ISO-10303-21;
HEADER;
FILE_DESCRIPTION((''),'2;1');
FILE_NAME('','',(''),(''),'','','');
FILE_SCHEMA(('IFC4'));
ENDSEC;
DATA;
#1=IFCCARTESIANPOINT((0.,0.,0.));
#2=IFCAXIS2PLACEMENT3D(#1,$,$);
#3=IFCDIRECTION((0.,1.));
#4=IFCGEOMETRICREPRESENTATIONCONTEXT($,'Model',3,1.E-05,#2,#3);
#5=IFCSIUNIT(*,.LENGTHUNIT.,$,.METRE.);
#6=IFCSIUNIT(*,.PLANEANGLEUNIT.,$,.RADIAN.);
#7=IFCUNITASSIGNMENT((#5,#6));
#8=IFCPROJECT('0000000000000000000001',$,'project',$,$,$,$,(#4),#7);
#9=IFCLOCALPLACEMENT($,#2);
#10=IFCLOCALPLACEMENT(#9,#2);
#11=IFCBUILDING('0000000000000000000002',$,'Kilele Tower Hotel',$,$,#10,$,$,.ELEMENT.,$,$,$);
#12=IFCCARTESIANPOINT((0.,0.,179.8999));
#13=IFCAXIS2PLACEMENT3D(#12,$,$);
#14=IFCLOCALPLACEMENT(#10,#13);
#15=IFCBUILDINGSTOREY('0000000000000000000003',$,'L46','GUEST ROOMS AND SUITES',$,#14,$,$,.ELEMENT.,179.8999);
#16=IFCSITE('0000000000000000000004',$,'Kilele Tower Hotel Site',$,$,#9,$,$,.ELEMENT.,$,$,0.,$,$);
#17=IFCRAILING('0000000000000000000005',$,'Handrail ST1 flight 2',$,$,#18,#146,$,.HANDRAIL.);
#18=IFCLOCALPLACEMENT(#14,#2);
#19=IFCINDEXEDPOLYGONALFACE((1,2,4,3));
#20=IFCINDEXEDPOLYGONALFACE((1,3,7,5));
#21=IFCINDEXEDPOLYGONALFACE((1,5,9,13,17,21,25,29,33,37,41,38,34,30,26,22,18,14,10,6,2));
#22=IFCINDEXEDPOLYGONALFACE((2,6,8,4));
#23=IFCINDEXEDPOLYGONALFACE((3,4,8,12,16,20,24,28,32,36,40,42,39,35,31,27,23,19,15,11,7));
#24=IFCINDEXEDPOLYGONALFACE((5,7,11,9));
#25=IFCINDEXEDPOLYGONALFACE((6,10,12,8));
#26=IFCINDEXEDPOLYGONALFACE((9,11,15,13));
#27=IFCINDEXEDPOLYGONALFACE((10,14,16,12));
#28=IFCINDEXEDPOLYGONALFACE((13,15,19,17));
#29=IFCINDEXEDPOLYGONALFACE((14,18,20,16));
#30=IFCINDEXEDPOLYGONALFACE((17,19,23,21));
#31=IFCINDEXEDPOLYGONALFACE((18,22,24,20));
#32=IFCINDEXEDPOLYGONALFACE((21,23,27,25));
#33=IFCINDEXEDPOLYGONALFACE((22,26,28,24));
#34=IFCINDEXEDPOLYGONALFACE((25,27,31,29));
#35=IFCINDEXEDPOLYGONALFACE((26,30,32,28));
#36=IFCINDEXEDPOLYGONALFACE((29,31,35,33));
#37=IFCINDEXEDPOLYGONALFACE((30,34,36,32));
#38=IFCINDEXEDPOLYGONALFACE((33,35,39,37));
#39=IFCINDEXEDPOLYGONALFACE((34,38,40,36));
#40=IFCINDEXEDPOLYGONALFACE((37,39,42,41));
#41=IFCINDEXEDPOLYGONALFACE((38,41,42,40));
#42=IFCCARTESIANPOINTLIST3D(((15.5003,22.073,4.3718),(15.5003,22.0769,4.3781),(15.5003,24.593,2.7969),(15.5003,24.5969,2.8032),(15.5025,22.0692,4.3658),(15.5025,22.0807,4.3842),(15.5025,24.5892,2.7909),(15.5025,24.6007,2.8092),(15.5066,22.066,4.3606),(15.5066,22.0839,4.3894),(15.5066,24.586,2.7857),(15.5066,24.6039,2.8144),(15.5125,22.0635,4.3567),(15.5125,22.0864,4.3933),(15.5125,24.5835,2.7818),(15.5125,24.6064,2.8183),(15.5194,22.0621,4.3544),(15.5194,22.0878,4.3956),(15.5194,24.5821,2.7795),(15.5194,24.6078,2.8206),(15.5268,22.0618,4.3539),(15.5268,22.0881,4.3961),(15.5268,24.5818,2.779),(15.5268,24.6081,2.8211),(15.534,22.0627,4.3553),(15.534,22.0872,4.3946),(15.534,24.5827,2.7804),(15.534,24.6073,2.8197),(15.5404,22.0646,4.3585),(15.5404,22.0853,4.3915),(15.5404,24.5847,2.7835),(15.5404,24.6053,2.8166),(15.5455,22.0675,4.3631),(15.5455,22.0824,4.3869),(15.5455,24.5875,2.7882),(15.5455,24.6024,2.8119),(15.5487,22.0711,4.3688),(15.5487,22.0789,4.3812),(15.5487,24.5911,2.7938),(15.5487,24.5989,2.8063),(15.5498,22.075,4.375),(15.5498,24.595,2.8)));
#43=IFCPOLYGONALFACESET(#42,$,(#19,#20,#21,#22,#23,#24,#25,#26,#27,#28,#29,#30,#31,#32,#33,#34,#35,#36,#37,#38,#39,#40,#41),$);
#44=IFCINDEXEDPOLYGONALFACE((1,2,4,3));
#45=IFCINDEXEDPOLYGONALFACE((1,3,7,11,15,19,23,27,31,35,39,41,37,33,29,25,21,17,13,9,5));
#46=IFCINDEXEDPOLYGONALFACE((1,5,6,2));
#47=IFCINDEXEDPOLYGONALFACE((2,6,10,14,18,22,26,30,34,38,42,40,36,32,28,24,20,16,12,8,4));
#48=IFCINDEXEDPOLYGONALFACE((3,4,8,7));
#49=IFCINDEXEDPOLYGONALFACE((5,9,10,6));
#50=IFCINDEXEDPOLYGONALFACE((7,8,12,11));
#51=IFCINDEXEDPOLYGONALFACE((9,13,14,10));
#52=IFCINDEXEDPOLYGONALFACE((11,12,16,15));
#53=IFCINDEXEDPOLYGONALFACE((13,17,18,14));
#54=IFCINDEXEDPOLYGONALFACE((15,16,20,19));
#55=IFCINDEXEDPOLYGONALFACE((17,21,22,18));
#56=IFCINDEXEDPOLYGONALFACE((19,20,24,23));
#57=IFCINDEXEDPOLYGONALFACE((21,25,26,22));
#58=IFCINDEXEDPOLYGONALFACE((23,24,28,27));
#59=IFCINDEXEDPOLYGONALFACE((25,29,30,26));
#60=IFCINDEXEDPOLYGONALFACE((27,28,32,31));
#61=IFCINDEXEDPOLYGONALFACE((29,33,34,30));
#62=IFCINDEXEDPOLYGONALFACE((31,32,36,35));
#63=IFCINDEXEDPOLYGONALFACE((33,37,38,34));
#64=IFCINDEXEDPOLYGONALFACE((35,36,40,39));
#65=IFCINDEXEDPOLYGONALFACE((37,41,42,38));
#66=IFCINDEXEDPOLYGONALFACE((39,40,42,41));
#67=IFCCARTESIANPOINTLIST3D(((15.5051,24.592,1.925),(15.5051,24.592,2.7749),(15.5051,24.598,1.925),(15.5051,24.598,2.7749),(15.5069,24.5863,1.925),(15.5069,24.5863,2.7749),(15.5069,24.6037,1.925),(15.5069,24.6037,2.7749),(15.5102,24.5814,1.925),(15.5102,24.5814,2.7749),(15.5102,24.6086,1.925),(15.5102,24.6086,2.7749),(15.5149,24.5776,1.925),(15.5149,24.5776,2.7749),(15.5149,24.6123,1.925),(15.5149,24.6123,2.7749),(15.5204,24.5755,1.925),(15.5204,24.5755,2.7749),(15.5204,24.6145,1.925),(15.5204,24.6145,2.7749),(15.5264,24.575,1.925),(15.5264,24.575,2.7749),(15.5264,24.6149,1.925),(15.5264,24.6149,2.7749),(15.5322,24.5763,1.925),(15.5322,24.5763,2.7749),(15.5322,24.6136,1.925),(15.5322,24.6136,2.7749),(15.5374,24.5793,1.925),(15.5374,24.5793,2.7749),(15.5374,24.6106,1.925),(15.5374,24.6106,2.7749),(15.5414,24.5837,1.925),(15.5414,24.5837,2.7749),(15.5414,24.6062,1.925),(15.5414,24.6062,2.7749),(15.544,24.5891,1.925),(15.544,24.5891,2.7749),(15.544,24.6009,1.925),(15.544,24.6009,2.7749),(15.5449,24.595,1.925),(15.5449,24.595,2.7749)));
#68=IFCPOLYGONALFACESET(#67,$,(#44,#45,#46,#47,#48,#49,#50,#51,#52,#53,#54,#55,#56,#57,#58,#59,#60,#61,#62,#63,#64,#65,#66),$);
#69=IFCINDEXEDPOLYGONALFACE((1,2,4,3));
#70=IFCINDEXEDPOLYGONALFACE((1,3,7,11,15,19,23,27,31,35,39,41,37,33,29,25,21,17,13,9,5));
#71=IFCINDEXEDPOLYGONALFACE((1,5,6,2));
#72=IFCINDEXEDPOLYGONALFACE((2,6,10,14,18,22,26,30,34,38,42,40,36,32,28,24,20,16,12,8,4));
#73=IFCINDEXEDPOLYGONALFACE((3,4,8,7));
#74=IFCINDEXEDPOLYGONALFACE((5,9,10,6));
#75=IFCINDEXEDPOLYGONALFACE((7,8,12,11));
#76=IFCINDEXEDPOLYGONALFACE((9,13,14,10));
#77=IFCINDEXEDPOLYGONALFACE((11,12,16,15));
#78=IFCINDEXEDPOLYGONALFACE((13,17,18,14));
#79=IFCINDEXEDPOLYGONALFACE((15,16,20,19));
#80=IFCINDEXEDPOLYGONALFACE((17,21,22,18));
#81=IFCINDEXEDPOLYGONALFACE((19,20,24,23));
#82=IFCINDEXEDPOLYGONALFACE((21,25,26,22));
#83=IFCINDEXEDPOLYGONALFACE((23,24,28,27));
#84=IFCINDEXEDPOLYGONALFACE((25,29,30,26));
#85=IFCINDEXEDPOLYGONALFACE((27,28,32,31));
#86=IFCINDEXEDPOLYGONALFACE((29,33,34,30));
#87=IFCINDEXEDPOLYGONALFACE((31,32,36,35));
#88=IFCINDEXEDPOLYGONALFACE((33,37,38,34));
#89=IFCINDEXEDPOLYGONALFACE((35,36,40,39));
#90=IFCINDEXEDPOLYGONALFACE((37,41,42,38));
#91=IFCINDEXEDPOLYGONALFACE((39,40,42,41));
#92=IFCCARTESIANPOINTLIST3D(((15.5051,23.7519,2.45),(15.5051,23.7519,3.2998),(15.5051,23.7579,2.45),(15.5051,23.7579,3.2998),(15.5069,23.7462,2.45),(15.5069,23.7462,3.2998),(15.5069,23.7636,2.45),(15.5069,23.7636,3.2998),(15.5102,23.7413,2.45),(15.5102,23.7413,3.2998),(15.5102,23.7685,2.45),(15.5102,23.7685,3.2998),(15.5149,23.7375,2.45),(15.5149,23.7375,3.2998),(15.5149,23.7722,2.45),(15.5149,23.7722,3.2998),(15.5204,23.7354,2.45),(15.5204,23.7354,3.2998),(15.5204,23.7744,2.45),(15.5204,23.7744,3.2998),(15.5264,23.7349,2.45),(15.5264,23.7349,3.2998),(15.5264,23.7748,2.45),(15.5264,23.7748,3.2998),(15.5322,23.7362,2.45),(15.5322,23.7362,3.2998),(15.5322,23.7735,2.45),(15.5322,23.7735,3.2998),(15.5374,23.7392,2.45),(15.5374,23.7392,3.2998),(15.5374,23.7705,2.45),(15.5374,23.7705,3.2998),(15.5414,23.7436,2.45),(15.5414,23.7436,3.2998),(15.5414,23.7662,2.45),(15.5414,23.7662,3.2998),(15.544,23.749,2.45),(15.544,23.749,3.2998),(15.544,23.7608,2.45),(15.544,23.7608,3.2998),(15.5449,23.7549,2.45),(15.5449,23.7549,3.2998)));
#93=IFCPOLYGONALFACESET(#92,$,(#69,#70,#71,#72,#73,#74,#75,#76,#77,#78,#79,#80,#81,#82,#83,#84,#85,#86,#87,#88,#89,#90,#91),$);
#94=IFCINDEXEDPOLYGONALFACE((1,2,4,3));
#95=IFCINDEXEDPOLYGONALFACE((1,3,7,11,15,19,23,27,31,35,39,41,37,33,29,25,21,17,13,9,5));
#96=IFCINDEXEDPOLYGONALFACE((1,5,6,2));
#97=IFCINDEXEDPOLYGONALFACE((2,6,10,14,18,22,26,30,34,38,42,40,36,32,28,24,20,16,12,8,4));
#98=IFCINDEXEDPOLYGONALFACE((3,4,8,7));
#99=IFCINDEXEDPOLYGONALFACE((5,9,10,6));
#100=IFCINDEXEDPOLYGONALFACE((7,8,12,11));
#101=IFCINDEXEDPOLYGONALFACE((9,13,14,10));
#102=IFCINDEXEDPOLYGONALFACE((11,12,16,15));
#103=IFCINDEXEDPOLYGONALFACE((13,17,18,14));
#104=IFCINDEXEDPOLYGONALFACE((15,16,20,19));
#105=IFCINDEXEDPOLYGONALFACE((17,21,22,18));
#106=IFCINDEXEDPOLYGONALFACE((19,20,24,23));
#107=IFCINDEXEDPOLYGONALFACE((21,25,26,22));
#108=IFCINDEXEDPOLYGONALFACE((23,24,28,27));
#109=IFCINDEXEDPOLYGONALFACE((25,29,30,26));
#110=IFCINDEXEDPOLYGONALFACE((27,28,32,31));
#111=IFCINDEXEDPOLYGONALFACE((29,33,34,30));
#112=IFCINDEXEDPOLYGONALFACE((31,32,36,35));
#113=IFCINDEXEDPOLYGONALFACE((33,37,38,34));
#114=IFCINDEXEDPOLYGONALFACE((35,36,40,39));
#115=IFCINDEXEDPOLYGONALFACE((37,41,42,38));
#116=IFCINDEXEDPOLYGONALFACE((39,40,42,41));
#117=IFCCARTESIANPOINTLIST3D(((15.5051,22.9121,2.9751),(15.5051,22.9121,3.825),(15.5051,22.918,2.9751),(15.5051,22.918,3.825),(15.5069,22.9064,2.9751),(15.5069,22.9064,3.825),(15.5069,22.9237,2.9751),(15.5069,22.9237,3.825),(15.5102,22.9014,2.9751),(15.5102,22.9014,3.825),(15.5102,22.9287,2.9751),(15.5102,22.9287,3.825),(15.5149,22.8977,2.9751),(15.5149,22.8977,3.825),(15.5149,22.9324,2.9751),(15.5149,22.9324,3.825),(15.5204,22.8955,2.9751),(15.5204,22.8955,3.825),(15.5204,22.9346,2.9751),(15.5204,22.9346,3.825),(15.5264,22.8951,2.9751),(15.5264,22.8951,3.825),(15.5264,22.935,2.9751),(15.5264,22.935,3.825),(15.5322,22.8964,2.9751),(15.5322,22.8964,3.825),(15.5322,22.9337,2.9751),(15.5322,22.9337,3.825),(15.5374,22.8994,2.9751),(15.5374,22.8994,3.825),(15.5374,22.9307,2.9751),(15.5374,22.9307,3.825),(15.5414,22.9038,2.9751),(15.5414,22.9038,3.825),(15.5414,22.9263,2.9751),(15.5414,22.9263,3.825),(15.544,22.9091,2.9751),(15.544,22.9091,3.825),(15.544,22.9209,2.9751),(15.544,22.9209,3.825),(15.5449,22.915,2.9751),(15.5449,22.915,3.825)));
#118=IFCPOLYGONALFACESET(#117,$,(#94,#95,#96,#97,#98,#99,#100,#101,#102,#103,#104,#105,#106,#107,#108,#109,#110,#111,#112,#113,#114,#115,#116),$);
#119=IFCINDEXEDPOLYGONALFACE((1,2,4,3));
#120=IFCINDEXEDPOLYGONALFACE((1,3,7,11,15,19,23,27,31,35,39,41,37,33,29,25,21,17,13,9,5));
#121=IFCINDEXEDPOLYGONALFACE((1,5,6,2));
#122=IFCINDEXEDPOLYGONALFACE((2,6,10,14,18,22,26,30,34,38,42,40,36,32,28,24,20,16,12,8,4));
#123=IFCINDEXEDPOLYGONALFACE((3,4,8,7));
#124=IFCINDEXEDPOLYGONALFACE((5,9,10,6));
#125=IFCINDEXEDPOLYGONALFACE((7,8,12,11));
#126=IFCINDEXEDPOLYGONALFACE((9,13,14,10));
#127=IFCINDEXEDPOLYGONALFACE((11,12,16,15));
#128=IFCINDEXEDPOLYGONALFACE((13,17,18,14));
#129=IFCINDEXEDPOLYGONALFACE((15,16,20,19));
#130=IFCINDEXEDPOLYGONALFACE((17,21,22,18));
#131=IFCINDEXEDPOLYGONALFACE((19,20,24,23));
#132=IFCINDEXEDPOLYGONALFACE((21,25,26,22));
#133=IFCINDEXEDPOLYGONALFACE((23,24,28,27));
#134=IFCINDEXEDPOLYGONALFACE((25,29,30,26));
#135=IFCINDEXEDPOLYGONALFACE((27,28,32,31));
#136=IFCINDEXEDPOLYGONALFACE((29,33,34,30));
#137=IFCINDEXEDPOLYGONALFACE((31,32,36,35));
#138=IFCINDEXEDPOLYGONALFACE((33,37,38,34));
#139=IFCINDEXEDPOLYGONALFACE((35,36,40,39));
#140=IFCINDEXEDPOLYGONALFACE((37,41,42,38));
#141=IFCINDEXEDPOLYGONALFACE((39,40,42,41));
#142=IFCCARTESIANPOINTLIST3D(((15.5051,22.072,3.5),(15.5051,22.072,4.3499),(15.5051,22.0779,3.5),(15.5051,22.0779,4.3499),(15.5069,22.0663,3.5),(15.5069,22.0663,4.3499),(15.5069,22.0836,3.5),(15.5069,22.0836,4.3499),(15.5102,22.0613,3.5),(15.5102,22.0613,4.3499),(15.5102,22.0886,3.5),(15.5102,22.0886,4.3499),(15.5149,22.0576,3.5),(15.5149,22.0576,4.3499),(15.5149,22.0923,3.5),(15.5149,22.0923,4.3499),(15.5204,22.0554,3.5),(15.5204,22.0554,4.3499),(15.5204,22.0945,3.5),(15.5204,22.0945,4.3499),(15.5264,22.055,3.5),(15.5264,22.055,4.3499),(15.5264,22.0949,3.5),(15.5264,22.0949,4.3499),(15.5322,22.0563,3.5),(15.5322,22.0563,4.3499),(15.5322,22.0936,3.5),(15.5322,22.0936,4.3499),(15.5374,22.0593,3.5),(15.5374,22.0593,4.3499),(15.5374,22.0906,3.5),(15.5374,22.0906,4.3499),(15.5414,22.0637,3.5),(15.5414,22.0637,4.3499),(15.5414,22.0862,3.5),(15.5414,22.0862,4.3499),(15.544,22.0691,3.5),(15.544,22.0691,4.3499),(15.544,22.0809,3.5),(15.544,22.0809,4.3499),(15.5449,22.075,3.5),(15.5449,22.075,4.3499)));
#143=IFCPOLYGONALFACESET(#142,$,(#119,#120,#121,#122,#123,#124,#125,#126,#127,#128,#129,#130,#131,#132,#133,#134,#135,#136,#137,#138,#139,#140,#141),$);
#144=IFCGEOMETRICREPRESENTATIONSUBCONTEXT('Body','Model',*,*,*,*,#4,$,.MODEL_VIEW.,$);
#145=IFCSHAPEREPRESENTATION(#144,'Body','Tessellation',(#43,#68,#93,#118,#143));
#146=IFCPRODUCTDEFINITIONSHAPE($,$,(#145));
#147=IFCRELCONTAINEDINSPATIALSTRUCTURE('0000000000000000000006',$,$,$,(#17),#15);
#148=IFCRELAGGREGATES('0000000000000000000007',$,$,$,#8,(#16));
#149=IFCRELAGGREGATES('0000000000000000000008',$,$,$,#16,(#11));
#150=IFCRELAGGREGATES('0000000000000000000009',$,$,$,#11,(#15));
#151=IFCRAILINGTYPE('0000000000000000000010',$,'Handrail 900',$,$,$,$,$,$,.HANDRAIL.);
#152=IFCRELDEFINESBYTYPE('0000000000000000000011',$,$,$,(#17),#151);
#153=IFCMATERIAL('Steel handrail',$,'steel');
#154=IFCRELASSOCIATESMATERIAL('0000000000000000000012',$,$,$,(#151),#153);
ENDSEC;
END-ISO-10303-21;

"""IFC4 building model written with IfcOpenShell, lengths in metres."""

from ifc_helpers import new_model, si_unit, direction, frame, origin, origin_2d, place, context, subcontext, project, spatial, circle, extrude, material, type_object, element, save


model = new_model("IFC4")

# Units and contexts
model_context = context("Model", 3, precision=1e-05, world=origin(), true_north=direction((0.0, 1.0)))
body_context = subcontext(model_context, "Body", "Model", "MODEL_VIEW")
ifc_project = project(units=[si_unit("LENGTHUNIT", "METRE"), si_unit("PLANEANGLEUNIT", "RADIAN")], contexts=[model_context])

# Site, building, storey
site_placement = place(None, origin())
site = spatial("IfcSite", under=ifc_project, at=site_placement, Name="Kilele Tower Hotel Site", CompositionType="ELEMENT", RefElevation=0.0)
building_placement = place(site_placement, origin())
building = spatial("IfcBuilding", under=site, at=building_placement, Name="Kilele Tower Hotel", CompositionType="ELEMENT")
storey_placement = place(building_placement, frame((0.0, 0.0, 179.8999)))
storey = spatial("IfcBuildingStorey", under=building, at=storey_placement, Name="L46", Description="GUEST ROOMS AND SUITES", CompositionType="ELEMENT", Elevation=179.8999)

# Railing
ifc_material_1 = material(Name="Steel handrail", Category="steel")
railing_type_1 = type_object("IfcRailingType", Name="Handrail 900", PredefinedType="HANDRAIL", material=ifc_material_1)
for number, where, name in (
    (1, (15.5249, 24.595, 1.925), "Handrail ST1 flight 2"),
):
    element("IfcRailing", number, at=place(storey_placement, frame(where)), inside=storey, type_object=railing_type_1, Name=name, PredefinedType="HANDRAIL", context=body_context, shape_type="SweptSolid", body=[
        extrude(circle(Radius=0.0249, at=origin_2d()), frame((0.0, 0.0, 0.875), z_axis=(0.0, -0.848008, 0.529984), x_axis=(1.0, 0.0, 0.0)), (0.0, 0.0, 1.0), 2.9717),
        extrude(circle(Radius=0.02, at=origin_2d()), origin(), (0.0, 0.0, 1.0), 0.8499),
        extrude(circle(Radius=0.02, at=origin_2d()), frame((0.0, -0.8401, 0.5249)), (0.0, 0.0, 1.0), 0.8499),
        extrude(circle(Radius=0.02, at=origin_2d()), frame((0.0, -1.6799, 1.05)), (0.0, 0.0, 1.0), 0.8499),
        extrude(circle(Radius=0.02, at=origin_2d()), frame((0.0, -2.52, 1.575)), (0.0, 0.0, 1.0), 0.8499),
    ])

save(model, "model.ifc")
